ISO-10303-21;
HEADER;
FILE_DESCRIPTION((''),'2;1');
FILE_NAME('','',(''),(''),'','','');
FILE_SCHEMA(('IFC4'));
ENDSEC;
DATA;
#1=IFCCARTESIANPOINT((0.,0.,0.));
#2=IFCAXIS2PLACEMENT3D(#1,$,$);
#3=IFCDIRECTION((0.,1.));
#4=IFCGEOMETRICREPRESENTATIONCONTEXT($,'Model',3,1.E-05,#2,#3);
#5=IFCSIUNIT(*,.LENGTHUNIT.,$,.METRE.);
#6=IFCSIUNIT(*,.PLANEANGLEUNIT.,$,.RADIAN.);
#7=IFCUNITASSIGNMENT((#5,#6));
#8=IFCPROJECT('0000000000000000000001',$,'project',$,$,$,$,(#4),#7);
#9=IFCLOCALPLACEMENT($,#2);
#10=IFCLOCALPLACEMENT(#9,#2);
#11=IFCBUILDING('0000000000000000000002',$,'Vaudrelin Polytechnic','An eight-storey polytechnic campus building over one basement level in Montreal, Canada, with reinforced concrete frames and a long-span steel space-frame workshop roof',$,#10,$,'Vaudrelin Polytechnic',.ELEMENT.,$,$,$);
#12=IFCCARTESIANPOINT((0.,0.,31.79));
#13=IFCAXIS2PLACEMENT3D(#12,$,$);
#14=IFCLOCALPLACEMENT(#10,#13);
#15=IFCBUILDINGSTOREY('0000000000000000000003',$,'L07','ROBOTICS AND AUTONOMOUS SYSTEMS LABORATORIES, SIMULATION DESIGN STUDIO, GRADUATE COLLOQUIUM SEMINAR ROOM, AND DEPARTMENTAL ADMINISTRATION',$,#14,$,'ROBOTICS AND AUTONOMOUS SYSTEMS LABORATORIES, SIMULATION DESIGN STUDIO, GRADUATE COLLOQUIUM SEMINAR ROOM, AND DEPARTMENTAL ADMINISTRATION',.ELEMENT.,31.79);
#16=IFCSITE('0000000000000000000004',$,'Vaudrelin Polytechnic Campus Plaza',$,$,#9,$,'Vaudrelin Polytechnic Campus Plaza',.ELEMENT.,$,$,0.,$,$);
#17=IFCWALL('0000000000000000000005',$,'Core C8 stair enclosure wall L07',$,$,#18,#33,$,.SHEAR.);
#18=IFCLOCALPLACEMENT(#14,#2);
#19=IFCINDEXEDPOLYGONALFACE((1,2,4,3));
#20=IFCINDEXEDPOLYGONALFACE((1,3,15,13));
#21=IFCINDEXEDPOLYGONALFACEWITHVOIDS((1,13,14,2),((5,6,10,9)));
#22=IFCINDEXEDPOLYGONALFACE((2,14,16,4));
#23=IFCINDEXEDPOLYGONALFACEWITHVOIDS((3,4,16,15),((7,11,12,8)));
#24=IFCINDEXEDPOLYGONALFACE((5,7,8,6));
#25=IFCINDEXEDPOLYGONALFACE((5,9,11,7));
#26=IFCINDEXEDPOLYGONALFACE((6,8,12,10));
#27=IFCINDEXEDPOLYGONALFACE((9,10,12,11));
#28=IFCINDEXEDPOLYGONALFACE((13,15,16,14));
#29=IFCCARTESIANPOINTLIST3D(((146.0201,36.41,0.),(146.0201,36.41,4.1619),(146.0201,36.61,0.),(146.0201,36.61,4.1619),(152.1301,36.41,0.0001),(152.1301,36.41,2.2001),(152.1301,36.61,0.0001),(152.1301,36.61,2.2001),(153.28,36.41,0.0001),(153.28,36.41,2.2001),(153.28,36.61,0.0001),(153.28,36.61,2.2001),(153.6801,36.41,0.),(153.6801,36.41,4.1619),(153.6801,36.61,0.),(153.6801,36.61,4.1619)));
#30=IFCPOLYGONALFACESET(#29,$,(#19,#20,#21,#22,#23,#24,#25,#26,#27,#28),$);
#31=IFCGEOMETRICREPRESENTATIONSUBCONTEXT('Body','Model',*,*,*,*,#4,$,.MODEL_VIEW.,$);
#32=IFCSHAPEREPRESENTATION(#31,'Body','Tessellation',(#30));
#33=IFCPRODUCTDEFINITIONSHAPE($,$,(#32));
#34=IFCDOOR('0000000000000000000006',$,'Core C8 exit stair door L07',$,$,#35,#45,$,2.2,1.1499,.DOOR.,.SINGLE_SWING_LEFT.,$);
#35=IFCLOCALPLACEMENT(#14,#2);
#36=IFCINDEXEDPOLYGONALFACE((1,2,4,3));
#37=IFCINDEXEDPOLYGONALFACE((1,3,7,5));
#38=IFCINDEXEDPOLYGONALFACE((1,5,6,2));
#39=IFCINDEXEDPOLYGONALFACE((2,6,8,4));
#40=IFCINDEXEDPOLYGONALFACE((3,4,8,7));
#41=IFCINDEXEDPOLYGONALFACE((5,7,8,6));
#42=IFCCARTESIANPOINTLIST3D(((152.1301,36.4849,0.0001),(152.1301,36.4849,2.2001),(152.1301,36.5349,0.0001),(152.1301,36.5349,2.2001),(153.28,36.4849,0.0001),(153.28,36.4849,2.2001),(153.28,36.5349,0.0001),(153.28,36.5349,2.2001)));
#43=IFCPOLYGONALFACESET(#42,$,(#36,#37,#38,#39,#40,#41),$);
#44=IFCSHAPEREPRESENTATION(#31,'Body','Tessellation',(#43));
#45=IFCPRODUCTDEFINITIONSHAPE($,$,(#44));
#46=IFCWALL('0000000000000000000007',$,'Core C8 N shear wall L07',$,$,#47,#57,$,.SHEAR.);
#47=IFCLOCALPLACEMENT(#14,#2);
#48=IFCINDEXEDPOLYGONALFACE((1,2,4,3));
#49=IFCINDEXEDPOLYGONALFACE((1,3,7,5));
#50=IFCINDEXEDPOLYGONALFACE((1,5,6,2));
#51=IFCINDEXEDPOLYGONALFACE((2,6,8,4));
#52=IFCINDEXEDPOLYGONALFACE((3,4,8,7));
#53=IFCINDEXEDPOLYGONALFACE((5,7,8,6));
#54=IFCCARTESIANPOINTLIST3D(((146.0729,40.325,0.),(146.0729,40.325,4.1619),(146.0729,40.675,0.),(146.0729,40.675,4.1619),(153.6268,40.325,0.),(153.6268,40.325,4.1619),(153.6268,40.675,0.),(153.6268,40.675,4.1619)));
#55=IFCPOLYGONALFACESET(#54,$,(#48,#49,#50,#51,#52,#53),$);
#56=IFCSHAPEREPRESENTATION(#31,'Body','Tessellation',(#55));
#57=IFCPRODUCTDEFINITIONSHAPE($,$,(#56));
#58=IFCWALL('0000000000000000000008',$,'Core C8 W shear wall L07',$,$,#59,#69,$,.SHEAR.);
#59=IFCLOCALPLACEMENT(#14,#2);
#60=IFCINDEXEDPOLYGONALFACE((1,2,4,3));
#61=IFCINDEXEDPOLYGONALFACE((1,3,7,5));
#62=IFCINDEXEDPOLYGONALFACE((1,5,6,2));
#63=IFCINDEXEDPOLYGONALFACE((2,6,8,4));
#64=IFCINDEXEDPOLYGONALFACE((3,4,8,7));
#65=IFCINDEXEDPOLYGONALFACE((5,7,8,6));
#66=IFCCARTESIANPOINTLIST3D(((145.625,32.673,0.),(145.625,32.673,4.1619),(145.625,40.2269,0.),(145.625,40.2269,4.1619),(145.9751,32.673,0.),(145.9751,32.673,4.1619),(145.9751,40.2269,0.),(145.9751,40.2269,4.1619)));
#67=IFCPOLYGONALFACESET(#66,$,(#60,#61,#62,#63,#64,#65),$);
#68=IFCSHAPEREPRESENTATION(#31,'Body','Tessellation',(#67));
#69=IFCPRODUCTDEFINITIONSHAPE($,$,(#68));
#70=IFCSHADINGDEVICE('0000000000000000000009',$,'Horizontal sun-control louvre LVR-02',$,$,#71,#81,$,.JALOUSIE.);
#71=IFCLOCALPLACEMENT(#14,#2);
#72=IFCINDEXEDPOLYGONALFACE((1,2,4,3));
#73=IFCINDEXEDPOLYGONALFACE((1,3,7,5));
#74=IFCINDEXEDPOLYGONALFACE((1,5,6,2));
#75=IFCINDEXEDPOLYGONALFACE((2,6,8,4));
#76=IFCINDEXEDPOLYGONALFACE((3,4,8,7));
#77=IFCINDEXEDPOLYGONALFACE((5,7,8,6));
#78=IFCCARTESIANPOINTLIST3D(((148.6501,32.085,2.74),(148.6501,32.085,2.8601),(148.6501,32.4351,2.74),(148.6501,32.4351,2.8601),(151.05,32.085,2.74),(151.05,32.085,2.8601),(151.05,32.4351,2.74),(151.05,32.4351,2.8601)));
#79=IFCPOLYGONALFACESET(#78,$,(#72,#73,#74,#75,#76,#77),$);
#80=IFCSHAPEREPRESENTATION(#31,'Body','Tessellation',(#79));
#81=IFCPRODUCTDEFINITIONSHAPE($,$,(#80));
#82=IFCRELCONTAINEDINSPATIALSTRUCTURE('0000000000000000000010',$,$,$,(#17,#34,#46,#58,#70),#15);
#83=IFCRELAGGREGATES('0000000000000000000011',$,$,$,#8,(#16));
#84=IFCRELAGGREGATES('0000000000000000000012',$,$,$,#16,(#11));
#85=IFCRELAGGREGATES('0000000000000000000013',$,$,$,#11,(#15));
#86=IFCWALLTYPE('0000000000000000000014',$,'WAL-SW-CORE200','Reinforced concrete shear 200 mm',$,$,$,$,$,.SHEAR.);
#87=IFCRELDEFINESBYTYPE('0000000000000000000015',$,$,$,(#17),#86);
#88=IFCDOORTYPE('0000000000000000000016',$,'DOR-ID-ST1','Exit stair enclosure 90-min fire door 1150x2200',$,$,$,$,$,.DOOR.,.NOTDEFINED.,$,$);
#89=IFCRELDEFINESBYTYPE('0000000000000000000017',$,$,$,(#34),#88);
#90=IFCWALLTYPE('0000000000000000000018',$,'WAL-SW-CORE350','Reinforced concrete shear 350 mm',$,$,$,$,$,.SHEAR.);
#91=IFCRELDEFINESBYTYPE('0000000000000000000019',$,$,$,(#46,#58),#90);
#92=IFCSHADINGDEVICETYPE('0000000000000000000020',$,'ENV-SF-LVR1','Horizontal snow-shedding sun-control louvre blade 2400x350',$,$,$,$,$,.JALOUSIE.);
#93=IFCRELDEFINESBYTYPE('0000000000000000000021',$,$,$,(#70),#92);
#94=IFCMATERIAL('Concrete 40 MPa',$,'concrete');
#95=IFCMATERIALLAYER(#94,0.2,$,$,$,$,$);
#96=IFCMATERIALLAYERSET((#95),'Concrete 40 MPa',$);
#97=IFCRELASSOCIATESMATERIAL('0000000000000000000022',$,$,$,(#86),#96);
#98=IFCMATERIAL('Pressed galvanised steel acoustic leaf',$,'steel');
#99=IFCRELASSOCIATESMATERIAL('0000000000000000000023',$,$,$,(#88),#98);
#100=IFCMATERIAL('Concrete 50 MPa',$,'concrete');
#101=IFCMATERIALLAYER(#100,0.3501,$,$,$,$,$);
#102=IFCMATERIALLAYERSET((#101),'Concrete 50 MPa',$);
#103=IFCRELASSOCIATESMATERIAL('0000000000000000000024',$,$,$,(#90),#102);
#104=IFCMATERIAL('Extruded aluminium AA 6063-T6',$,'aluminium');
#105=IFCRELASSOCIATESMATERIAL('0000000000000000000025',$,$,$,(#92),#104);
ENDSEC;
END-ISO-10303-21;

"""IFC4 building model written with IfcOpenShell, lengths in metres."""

from ifc_helpers import new_model, si_unit, direction, frame, frame_2d, origin, origin_2d, place, context, subcontext, project, spatial, rectangle, extrude, material, layer, layer_set, type_object, element, fill, save


model = new_model("IFC4")

# Units and contexts
model_context = context("Model", 3, precision=1e-05, world=origin(), true_north=direction((0.0, 1.0)))
body_context = subcontext(model_context, "Body", "Model", "MODEL_VIEW")
ifc_project = project(units=[si_unit("LENGTHUNIT", "METRE"), si_unit("PLANEANGLEUNIT", "RADIAN")], contexts=[model_context])

# Site, building, storey
site_placement = place(None, origin())
site = spatial("IfcSite", under=ifc_project, at=site_placement, Name="Vaudrelin Polytechnic Campus Plaza", LongName="Vaudrelin Polytechnic Campus Plaza", CompositionType="ELEMENT", RefElevation=0.0)
building_placement = place(site_placement, origin())
building = spatial("IfcBuilding", under=site, at=building_placement, Name="Vaudrelin Polytechnic", Description="An eight-storey polytechnic campus building over one basement level in Montreal, Canada, with reinforced concrete frames and a long-span steel space-frame workshop roof", LongName="Vaudrelin Polytechnic", CompositionType="ELEMENT")
storey_placement = place(building_placement, frame((0.0, 0.0, 31.79)))
storey = spatial("IfcBuildingStorey", under=building, at=storey_placement, Name="L07", Description="ROBOTICS AND AUTONOMOUS SYSTEMS LABORATORIES, SIMULATION DESIGN STUDIO, GRADUATE COLLOQUIUM SEMINAR ROOM, AND DEPARTMENTAL ADMINISTRATION", LongName="ROBOTICS AND AUTONOMOUS SYSTEMS LABORATORIES, SIMULATION DESIGN STUDIO, GRADUATE COLLOQUIUM SEMINAR ROOM, AND DEPARTMENTAL ADMINISTRATION", CompositionType="ELEMENT", Elevation=31.79)

# Shared definitions
ifc_material_1 = material(Name="Concrete 40 MPa", Category="concrete")

# Shared definitions
ifc_material_2 = material(Name="Concrete 50 MPa", Category="concrete")

# Shared definitions
ifc_material_3 = material(Name="Pressed galvanised steel acoustic leaf", Category="steel")

# Wall, opening, door
ifc_layer_1 = layer(ifc_material_1, 0.2)
ifc_layer_set_1 = layer_set([ifc_layer_1], Name="Concrete 40 MPa")
wall_type_1 = type_object("IfcWallType", Name="WAL-SW-CORE200", Description="Reinforced concrete shear 200 mm", PredefinedType="SHEAR", material=ifc_layer_set_1)
wall_1_placement = place(storey_placement, frame((146.02, 36.51, 0.0), z_axis=(0.0, 0.0, 1.0), x_axis=(1.0, 0.0, 0.0)))
wall_1 = element("IfcWall", 1, at=wall_1_placement, inside=storey, type_object=wall_type_1, Name="Core C8 stair enclosure wall L07", PredefinedType="SHEAR", context=body_context, shape_type="SweptSolid", body=[
    extrude(rectangle(XDim=7.6599, YDim=0.2, at=frame_2d((3.8301, 0.0))), origin(), (0.0, 0.0, 1.0), 4.1619),
])
opening_1_placement = place(wall_1_placement, frame((6.1101, 0.0, 0.0)))
opening_1 = element("IfcOpeningElement", 2, at=opening_1_placement, cuts=wall_1, PredefinedType="OPENING", context=body_context, shape_type="SweptSolid", body=[
    extrude(rectangle(XDim=1.1499, YDim=2.2, at=frame_2d((0.575, 1.1001))), frame((0.0, 0.1099, 0.0), z_axis=(0.0, -1.0, 0.0), x_axis=(1.0, 0.0, 0.0)), (0.0, 0.0, 1.0), 0.22),
])
door_type_1 = type_object("IfcDoorType", Name="DOR-ID-ST1", Description="Exit stair enclosure 90-min fire door 1150x2200", OperationType="NOTDEFINED", PredefinedType="DOOR", material=ifc_material_3)
door_1_placement = place(opening_1_placement, origin())
door_1 = element("IfcDoor", 3, at=door_1_placement, inside=storey, type_object=door_type_1, Name="Core C8 exit stair door L07", OperationType="SINGLE_SWING_LEFT", OverallHeight=2.2, OverallWidth=1.1499, PredefinedType="DOOR", context=body_context, shape_type="SweptSolid", body=[
    extrude(rectangle(XDim=1.1499, YDim=2.2, at=frame_2d((0.575, 1.1001))), frame((0.0, 0.0249, 0.0), z_axis=(0.0, -1.0, 0.0), x_axis=(1.0, 0.0, 0.0)), (0.0, 0.0, 1.0), 0.05),
])
fill(opening_1, door_1)

# Walls
ifc_layer_2 = layer(ifc_material_2, 0.3501)
ifc_layer_set_2 = layer_set([ifc_layer_2], Name="Concrete 50 MPa")
wall_type_2 = type_object("IfcWallType", Name="WAL-SW-CORE350", Description="Reinforced concrete shear 350 mm", PredefinedType="SHEAR", material=ifc_layer_set_2)
for number, where, z_axis, x_axis, name in (
    (4, (146.073, 40.5, 0.0), (0.0, 0.0, 1.0), (1.0, 0.0, 0.0), "Core C8 N shear wall L07"),
    (5, (145.8, 32.6731, 0.0), (0.0, 0.0, 1.0), (0.0, 1.0, 0.0), "Core C8 W shear wall L07"),
):
    element("IfcWall", number, at=place(storey_placement, frame(where, z_axis=z_axis, x_axis=x_axis)), inside=storey, type_object=wall_type_2, Name=name, PredefinedType="SHEAR", context=body_context, shape_type="SweptSolid", body=[
        extrude(rectangle(XDim=7.554, YDim=0.3501, at=frame_2d((3.7769, 0.0))), origin(), (0.0, 0.0, 1.0), 4.1619),
    ])

# Shading device
ifc_material_4 = material(Name="Extruded aluminium AA 6063-T6", Category="aluminium")
shading_device_type = type_object("IfcShadingDeviceType", Name="ENV-SF-LVR1", Description="Horizontal snow-shedding sun-control louvre blade 2400x350", PredefinedType="JALOUSIE", material=ifc_material_4)
shading_device_placement = place(storey_placement, frame((149.8501, 32.26, 2.74), z_axis=(0.0, 0.0, 1.0), x_axis=(1.0, 0.0, 0.0)))
element("IfcShadingDevice", 6, at=shading_device_placement, inside=storey, type_object=shading_device_type, Name="Horizontal sun-control louvre LVR-02", PredefinedType="JALOUSIE", context=body_context, shape_type="SweptSolid", body=[
    extrude(rectangle(XDim=2.3999, YDim=0.3501, at=origin_2d()), origin(), (0.0, 0.0, 1.0), 0.1201),
])

save(model, "model.ifc")
